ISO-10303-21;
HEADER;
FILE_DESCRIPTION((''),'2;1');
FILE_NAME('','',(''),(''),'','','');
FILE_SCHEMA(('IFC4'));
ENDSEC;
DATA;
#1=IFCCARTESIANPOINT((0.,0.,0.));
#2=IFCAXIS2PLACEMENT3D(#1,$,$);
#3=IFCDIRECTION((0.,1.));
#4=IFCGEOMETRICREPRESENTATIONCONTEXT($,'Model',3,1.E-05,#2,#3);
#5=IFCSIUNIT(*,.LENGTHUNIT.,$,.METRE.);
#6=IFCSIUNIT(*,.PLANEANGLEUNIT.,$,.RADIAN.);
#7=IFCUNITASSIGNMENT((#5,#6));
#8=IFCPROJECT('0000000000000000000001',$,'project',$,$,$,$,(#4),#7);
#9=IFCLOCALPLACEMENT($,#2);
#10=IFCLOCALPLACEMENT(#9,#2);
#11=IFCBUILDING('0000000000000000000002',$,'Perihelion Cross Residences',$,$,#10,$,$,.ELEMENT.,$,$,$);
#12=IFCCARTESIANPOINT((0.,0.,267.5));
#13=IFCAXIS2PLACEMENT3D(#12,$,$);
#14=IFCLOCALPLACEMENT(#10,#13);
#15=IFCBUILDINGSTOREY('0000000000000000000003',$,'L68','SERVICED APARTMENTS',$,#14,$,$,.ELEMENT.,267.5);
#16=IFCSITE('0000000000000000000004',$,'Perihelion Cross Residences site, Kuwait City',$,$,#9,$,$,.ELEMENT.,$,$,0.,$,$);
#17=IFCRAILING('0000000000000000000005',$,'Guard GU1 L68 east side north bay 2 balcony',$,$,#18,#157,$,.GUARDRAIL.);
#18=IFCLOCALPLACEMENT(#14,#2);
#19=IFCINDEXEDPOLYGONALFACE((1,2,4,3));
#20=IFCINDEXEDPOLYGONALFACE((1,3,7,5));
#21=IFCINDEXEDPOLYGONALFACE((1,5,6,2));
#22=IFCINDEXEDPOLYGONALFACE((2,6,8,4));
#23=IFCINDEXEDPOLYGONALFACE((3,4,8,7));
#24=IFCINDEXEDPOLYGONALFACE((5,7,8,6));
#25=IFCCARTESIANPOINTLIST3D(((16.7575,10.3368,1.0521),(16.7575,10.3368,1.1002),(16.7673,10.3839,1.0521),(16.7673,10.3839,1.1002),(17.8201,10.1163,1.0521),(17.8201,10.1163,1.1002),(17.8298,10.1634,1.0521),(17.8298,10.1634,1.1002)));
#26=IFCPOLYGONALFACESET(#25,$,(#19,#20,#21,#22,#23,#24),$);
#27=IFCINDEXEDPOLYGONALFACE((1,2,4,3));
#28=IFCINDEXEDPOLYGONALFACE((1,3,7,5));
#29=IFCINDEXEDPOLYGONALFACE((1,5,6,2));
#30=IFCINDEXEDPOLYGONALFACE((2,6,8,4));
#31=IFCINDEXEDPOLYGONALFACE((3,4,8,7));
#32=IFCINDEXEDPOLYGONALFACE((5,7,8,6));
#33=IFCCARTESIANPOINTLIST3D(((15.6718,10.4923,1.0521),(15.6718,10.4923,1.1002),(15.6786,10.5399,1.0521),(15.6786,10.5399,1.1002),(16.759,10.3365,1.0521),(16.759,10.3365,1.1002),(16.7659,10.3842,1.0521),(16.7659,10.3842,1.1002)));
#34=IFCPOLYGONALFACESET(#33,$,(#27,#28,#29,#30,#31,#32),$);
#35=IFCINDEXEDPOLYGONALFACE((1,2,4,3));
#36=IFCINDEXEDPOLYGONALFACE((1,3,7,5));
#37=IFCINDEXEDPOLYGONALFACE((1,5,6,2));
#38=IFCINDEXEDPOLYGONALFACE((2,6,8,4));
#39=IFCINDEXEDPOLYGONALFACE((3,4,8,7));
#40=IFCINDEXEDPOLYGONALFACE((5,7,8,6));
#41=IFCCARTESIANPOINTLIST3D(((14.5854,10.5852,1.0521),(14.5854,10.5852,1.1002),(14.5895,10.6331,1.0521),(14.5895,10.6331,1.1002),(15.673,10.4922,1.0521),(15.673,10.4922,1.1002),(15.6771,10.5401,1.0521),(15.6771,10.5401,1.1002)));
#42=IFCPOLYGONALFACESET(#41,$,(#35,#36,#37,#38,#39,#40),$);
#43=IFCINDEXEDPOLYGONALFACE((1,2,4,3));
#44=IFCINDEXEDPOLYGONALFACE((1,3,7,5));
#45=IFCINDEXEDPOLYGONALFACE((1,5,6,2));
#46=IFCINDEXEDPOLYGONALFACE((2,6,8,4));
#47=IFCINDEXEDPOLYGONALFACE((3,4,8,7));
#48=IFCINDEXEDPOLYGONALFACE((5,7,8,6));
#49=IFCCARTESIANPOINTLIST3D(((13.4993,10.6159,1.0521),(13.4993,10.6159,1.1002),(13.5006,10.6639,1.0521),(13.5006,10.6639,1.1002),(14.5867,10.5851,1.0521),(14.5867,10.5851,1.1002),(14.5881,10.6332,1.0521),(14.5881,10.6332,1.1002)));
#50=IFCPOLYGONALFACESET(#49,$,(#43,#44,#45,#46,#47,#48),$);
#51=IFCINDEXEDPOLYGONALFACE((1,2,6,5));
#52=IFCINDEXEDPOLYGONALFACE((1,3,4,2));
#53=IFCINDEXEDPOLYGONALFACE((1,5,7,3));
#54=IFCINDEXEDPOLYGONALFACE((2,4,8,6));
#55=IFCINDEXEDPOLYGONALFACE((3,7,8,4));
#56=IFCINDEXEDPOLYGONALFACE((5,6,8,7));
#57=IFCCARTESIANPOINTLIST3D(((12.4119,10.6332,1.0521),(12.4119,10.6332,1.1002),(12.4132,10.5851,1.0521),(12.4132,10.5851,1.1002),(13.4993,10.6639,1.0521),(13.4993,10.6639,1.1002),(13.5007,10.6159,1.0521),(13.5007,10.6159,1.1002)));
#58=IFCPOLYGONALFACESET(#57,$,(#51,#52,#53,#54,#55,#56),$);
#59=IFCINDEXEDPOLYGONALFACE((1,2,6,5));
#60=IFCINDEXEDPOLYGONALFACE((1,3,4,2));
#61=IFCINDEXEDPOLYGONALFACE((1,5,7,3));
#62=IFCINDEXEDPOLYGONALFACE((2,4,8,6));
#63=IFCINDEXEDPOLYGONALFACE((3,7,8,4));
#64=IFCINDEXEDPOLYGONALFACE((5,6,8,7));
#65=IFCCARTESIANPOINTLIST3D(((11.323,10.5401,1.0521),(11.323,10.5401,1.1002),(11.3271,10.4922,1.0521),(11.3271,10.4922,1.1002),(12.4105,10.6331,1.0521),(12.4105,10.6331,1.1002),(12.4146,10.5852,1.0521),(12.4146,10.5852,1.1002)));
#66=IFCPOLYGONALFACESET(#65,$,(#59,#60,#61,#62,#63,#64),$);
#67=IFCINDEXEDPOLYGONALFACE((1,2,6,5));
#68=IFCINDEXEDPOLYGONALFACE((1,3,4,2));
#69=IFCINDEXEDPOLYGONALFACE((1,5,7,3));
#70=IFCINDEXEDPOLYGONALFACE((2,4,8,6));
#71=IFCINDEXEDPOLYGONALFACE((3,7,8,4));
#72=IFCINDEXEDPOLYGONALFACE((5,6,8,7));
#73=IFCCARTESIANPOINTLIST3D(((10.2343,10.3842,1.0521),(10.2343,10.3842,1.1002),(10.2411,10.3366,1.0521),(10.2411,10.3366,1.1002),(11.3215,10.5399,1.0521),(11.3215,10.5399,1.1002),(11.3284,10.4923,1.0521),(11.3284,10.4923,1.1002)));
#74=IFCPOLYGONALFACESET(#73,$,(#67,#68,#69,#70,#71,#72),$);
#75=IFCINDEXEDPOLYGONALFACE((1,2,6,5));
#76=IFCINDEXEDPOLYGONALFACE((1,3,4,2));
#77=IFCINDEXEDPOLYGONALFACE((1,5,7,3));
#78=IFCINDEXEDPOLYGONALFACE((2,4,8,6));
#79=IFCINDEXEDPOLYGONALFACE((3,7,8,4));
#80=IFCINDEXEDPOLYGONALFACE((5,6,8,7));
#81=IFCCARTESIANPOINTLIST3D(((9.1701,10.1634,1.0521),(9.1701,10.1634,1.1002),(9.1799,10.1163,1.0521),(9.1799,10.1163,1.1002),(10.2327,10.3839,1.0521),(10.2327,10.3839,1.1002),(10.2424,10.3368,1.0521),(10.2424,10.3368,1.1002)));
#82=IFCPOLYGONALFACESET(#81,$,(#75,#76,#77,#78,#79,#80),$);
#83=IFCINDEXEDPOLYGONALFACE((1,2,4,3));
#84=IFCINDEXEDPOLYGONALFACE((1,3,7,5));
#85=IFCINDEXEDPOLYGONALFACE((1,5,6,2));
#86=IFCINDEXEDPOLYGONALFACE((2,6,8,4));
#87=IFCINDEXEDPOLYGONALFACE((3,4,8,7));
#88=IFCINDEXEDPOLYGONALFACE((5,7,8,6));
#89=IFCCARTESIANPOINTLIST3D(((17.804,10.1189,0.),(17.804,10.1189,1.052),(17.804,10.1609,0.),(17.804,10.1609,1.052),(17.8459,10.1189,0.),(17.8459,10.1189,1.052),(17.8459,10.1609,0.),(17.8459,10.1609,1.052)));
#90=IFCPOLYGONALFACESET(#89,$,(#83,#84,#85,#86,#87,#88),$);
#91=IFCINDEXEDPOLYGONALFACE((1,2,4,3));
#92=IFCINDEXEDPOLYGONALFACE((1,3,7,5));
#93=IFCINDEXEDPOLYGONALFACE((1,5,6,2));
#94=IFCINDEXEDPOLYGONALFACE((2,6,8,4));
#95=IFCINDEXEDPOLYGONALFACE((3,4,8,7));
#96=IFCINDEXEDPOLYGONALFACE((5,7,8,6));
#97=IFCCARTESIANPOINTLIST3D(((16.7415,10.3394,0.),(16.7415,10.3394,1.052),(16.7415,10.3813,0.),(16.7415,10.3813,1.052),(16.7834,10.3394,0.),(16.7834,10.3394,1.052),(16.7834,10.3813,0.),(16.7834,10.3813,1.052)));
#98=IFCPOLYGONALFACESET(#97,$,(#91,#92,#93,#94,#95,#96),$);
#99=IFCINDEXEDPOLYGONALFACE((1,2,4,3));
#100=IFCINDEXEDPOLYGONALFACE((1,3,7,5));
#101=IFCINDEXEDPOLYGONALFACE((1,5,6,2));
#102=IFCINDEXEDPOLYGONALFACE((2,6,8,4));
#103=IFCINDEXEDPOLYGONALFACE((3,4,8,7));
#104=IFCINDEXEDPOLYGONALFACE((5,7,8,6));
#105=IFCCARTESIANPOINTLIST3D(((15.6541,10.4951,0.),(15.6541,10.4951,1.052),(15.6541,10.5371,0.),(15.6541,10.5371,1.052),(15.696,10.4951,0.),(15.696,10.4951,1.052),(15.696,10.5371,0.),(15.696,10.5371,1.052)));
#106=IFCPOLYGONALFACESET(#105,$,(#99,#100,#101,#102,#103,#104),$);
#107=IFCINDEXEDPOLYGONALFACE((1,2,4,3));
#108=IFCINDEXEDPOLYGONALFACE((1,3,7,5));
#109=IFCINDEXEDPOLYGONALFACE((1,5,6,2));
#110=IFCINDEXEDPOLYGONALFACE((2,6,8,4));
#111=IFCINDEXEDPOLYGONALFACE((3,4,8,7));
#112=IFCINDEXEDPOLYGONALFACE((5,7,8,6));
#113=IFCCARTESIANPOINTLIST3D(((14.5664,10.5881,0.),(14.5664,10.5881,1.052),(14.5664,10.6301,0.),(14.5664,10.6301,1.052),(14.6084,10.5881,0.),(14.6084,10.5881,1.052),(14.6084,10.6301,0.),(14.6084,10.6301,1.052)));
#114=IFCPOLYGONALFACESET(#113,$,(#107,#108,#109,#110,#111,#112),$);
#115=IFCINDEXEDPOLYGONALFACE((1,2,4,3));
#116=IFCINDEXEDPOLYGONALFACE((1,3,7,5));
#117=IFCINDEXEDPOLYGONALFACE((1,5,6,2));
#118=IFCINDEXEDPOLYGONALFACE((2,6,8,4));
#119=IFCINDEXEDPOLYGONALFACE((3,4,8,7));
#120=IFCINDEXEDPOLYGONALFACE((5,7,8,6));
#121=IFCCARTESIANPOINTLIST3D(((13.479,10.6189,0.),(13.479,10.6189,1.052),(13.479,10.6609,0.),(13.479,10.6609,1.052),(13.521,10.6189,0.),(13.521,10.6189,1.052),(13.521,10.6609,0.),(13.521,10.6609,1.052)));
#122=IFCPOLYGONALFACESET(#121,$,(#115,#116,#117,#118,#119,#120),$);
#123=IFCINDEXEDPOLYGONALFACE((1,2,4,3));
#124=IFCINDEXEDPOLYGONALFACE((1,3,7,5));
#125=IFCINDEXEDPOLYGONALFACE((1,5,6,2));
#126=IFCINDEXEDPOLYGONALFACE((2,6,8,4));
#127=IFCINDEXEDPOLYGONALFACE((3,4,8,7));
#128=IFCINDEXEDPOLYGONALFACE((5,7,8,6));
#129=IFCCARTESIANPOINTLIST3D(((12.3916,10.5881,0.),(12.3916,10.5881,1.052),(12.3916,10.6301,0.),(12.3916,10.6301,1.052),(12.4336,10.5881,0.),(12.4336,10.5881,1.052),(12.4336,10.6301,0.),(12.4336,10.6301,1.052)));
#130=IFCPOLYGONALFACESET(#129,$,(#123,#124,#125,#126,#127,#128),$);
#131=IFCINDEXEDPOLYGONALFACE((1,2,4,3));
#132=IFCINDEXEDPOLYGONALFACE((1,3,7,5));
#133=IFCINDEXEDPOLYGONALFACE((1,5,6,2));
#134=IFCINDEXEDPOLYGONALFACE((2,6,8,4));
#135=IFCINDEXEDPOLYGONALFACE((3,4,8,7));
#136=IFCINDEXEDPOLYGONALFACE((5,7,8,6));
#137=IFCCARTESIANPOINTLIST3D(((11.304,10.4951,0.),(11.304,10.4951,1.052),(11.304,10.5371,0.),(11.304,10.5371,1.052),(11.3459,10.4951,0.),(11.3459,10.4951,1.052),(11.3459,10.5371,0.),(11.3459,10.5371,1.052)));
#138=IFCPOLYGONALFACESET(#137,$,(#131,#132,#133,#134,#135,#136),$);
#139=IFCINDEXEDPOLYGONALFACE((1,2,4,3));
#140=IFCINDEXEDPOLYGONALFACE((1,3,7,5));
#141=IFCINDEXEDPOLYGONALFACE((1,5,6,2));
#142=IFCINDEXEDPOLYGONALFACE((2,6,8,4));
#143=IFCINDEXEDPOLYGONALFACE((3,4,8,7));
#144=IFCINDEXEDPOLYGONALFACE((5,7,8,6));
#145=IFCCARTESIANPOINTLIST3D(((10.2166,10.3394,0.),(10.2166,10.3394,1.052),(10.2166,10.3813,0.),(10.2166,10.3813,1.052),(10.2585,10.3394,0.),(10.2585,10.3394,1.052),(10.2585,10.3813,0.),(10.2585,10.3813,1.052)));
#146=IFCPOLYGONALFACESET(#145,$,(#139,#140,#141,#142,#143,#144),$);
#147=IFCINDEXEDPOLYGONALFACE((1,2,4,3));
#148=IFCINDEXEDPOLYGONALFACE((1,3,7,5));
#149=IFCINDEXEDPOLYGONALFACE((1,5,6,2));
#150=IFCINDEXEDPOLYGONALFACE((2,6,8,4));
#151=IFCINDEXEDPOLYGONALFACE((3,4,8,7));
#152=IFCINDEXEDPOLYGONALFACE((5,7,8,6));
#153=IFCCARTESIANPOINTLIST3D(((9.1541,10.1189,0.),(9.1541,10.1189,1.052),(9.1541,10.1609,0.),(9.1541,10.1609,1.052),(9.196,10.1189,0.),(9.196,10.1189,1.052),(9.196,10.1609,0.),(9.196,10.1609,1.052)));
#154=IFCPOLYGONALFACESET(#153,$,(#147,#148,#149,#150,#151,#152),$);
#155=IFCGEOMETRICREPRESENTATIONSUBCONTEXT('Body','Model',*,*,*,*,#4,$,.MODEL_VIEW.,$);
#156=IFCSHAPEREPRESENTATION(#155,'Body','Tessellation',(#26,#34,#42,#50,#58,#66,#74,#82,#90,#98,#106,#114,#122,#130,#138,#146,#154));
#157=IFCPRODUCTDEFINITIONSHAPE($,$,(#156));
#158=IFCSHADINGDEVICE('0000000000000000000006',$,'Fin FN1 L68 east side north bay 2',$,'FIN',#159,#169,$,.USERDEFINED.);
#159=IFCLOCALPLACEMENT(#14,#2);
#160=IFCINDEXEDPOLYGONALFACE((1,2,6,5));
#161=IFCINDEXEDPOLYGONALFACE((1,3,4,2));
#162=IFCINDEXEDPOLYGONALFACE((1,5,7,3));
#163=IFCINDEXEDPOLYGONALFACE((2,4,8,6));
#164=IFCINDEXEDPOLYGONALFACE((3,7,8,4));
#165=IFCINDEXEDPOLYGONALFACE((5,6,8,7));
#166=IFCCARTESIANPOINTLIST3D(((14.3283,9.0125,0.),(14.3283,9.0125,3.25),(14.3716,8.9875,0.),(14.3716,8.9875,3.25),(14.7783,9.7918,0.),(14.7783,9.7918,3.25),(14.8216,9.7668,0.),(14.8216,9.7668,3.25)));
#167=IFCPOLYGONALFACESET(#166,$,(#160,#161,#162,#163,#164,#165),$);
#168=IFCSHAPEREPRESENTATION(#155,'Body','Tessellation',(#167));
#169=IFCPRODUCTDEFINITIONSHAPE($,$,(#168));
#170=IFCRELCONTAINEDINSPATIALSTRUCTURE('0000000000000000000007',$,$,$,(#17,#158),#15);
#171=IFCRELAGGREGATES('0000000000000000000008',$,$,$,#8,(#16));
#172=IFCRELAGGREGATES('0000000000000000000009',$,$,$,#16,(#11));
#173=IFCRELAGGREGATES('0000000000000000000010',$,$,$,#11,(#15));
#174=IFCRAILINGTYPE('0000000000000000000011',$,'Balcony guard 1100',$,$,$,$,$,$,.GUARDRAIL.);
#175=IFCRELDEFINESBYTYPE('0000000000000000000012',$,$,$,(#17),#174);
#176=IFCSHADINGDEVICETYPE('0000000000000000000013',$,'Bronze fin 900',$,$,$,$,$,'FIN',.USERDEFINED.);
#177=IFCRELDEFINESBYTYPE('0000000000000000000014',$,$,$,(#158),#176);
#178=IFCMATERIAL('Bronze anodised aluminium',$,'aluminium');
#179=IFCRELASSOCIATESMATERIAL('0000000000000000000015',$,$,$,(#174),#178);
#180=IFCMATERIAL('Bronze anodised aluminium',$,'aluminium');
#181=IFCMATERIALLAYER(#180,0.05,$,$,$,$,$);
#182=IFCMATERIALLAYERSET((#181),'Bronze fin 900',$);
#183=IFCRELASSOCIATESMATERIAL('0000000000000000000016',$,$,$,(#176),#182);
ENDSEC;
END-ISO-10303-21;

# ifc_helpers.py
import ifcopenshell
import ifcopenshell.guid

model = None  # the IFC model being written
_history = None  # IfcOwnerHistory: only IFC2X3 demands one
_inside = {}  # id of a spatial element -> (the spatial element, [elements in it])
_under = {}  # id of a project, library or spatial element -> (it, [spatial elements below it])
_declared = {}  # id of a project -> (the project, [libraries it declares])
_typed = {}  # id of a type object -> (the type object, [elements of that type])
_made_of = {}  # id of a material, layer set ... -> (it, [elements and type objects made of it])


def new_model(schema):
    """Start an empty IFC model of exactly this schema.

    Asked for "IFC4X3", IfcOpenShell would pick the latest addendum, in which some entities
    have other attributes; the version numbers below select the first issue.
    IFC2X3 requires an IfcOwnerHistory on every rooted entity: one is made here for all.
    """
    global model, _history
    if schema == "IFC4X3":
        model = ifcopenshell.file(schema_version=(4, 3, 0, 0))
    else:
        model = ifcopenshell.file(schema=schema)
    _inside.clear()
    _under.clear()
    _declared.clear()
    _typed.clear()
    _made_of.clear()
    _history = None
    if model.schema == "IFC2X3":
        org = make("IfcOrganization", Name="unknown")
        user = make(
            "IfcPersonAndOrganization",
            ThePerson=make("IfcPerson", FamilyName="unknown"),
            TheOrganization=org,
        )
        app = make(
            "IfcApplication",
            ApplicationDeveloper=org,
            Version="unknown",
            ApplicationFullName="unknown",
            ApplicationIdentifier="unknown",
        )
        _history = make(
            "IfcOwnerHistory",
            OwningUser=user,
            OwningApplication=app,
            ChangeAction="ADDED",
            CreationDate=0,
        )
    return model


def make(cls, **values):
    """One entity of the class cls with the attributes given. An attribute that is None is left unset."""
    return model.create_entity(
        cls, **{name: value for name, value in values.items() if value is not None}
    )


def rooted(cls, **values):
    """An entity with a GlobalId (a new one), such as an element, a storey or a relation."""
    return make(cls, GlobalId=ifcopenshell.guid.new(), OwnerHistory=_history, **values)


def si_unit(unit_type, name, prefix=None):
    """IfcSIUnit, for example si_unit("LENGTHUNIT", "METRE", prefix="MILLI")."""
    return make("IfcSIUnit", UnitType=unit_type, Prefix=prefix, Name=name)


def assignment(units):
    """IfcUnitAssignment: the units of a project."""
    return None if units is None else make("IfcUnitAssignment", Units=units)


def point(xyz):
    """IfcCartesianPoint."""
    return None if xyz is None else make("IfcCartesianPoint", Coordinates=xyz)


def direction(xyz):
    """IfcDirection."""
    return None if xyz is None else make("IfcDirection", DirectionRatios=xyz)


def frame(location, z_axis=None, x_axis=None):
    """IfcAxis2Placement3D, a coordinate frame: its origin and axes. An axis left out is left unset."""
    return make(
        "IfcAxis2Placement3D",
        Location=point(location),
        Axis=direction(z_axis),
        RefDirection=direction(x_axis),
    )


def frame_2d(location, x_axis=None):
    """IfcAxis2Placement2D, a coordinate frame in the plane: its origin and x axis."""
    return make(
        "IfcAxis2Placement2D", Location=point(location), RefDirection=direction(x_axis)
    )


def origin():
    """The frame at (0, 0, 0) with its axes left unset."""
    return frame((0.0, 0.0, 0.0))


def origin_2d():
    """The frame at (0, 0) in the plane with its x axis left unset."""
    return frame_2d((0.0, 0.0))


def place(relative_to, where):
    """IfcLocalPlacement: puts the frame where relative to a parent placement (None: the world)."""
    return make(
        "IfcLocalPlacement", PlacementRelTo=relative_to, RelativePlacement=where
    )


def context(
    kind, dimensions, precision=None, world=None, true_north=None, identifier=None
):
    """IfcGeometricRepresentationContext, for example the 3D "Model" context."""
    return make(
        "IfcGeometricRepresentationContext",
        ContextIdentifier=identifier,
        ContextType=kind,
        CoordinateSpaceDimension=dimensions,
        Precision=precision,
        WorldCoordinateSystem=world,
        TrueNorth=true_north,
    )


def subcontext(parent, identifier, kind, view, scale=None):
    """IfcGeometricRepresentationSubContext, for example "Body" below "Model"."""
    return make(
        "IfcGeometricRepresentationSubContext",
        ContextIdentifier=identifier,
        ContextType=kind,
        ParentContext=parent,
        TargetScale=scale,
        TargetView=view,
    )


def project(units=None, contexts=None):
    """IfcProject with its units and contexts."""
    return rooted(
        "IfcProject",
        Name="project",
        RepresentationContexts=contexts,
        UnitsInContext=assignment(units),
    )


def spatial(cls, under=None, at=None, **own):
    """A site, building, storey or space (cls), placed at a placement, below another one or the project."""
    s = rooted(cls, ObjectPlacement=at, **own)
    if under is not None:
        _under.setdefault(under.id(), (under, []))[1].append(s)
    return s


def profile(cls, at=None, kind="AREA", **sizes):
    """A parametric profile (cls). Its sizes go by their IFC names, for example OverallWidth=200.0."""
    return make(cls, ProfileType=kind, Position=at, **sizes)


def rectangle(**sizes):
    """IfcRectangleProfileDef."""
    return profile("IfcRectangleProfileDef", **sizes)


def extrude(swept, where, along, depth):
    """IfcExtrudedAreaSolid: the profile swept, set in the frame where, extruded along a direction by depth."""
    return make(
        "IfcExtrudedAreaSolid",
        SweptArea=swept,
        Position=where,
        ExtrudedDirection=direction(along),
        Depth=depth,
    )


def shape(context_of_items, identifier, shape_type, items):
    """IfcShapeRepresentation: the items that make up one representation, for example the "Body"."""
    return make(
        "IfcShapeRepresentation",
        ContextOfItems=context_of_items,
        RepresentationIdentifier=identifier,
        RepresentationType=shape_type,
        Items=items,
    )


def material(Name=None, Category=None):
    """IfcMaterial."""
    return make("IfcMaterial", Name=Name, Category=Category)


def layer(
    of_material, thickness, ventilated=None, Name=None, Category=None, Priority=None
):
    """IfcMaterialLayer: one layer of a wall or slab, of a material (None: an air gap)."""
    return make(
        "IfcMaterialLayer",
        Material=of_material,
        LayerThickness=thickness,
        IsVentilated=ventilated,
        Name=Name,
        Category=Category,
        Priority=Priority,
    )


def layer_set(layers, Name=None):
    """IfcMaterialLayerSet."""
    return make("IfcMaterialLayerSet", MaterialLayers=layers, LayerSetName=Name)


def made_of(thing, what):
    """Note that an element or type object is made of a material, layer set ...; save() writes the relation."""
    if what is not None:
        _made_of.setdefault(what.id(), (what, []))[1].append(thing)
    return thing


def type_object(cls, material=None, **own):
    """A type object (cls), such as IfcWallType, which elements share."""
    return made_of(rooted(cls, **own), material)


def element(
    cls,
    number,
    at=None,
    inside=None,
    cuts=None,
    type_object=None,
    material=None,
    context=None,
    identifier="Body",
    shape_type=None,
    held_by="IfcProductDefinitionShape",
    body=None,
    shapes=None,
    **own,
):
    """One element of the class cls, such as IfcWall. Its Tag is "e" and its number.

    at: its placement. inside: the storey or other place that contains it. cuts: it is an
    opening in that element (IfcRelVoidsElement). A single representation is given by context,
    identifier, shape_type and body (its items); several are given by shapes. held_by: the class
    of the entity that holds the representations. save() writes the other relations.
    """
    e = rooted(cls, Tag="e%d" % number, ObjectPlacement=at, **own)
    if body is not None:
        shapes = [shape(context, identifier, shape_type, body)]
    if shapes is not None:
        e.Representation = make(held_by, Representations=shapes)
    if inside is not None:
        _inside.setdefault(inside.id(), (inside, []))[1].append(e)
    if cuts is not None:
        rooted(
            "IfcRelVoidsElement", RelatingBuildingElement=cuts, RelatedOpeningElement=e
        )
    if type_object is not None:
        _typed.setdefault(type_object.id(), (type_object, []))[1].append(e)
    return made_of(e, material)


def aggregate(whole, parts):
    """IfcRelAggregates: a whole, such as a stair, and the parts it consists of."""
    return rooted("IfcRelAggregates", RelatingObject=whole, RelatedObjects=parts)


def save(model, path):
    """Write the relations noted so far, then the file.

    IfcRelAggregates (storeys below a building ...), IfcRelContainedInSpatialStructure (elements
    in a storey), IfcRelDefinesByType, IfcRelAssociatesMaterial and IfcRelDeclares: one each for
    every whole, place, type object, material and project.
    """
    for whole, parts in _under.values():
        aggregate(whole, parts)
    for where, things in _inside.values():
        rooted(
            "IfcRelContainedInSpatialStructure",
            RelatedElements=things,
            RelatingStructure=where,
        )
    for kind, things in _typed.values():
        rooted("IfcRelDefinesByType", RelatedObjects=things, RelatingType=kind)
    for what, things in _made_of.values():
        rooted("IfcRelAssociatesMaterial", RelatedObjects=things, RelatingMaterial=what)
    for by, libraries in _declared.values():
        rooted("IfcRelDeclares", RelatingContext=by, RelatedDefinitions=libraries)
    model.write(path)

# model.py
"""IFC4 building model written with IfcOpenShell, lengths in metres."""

from ifc_helpers import new_model, si_unit, direction, frame, origin, origin_2d, place, context, subcontext, project, spatial, rectangle, extrude, material, layer, layer_set, type_object, element, save


model = new_model("IFC4")

# Units and contexts
model_context = context("Model", 3, precision=1e-05, world=origin(), true_north=direction((0.0, 1.0)))
body_context = subcontext(model_context, "Body", "Model", "MODEL_VIEW")
ifc_project = project(units=[si_unit("LENGTHUNIT", "METRE"), si_unit("PLANEANGLEUNIT", "RADIAN")], contexts=[model_context])

# Site, building, storey
site_placement = place(None, origin())
site = spatial("IfcSite", under=ifc_project, at=site_placement, Name="Perihelion Cross Residences site, Kuwait City", CompositionType="ELEMENT", RefElevation=0.0)
building_placement = place(site_placement, origin())
building = spatial("IfcBuilding", under=site, at=building_placement, Name="Perihelion Cross Residences", CompositionType="ELEMENT")
storey_placement = place(building_placement, frame((0.0, 0.0, 267.5)))
storey = spatial("IfcBuildingStorey", under=building, at=storey_placement, Name="L68", Description="SERVICED APARTMENTS", CompositionType="ELEMENT", Elevation=267.5)

# Railing
ifc_material_1 = material(Name="Bronze anodised aluminium", Category="aluminium")
railing_type = type_object("IfcRailingType", Name="Balcony guard 1100", PredefinedType="GUARDRAIL", material=ifc_material_1)
railing_placement = place(storey_placement, frame((17.825, 10.1399, 0.0)))
element("IfcRailing", 1, at=railing_placement, inside=storey, type_object=railing_type, Name="Guard GU1 L68 east side north bay 2 balcony", PredefinedType="GUARDRAIL", context=body_context, shape_type="SweptSolid", body=[
    extrude(rectangle(XDim=0.0481, YDim=0.0481, at=origin_2d()), frame((0.0, 0.0, 1.0762), z_axis=(-0.979145, 0.203164, 0.0), x_axis=(-0.203164, -0.979145, 0.0)), (0.0, 0.0, 1.0), 1.0852),
    extrude(rectangle(XDim=0.0481, YDim=0.0481, at=origin_2d()), frame((-1.0625, 0.2205, 1.0762), z_axis=(-0.989896, 0.141795, 0.0), x_axis=(-0.141795, -0.989896, 0.0)), (0.0, 0.0, 1.0), 1.0984),
    extrude(rectangle(XDim=0.0481, YDim=0.0481, at=origin_2d()), frame((-2.1499, 0.3762, 1.0762), z_axis=(-0.996363, 0.085211, 0.0), x_axis=(-0.085211, -0.996363, 0.0)), (0.0, 0.0, 1.0), 1.0916),
    extrude(rectangle(XDim=0.0481, YDim=0.0481, at=origin_2d()), frame((-3.2375, 0.4692, 1.0762), z_axis=(-0.9996, 0.028278, 0.0), x_axis=(-0.028278, -0.9996, 0.0)), (0.0, 0.0, 1.0), 1.0879),
    extrude(rectangle(XDim=0.0481, YDim=0.0481, at=origin_2d()), frame((-4.325, 0.5, 1.0762), z_axis=(-0.9996, -0.028278, 0.0), x_axis=(0.028278, -0.9996, 0.0)), (0.0, 0.0, 1.0), 1.0879),
    extrude(rectangle(XDim=0.0481, YDim=0.0481, at=origin_2d()), frame((-5.4124, 0.4692, 1.0762), z_axis=(-0.996363, -0.085211, 0.0), x_axis=(0.085211, -0.996363, 0.0)), (0.0, 0.0, 1.0), 1.0916),
    extrude(rectangle(XDim=0.0481, YDim=0.0481, at=origin_2d()), frame((-6.5, 0.3762, 1.0762), z_axis=(-0.989896, -0.141795, 0.0), x_axis=(0.141795, -0.989896, 0.0)), (0.0, 0.0, 1.0), 1.0984),
    extrude(rectangle(XDim=0.0481, YDim=0.0481, at=origin_2d()), frame((-7.5874, 0.2205, 1.0762), z_axis=(-0.979145, -0.203164, 0.0), x_axis=(0.203164, -0.979145, 0.0)), (0.0, 0.0, 1.0), 1.0852),
    extrude(rectangle(XDim=0.042, YDim=0.042, at=origin_2d()), origin(), (0.0, 0.0, 1.0), 1.052),
    extrude(rectangle(XDim=0.042, YDim=0.042, at=origin_2d()), frame((-1.0625, 0.2205, 0.0)), (0.0, 0.0, 1.0), 1.052),
    extrude(rectangle(XDim=0.042, YDim=0.042, at=origin_2d()), frame((-2.1499, 0.3762, 0.0)), (0.0, 0.0, 1.0), 1.052),
    extrude(rectangle(XDim=0.042, YDim=0.042, at=origin_2d()), frame((-3.2375, 0.4692, 0.0)), (0.0, 0.0, 1.0), 1.052),
    extrude(rectangle(XDim=0.042, YDim=0.042, at=origin_2d()), frame((-4.325, 0.5, 0.0)), (0.0, 0.0, 1.0), 1.052),
    extrude(rectangle(XDim=0.042, YDim=0.042, at=origin_2d()), frame((-5.4124, 0.4692, 0.0)), (0.0, 0.0, 1.0), 1.052),
    extrude(rectangle(XDim=0.042, YDim=0.042, at=origin_2d()), frame((-6.5, 0.3762, 0.0)), (0.0, 0.0, 1.0), 1.052),
    extrude(rectangle(XDim=0.042, YDim=0.042, at=origin_2d()), frame((-7.5874, 0.2205, 0.0)), (0.0, 0.0, 1.0), 1.052),
    extrude(rectangle(XDim=0.042, YDim=0.042, at=origin_2d()), frame((-8.6499, 0.0, 0.0)), (0.0, 0.0, 1.0), 1.052),
])

# Shading device
ifc_material_2 = material(Name="Bronze anodised aluminium", Category="aluminium")
ifc_layer_1 = layer(ifc_material_2, 0.05)
ifc_layer_set_1 = layer_set([ifc_layer_1], Name="Bronze fin 900")
shading_device_type = type_object("IfcShadingDeviceType", Name="Bronze fin 900", ElementType="FIN", PredefinedType="USERDEFINED", material=ifc_layer_set_1)
shading_device_placement = place(storey_placement, frame((14.575, 9.3896, 0.0), z_axis=(0.0, 0.0, 1.0), x_axis=(0.5, 0.866025, 0.0)))
element("IfcShadingDevice", 2, at=shading_device_placement, inside=storey, type_object=shading_device_type, Name="Fin FN1 L68 east side north bay 2", ObjectType="FIN", PredefinedType="USERDEFINED", context=body_context, shape_type="SweptSolid", body=[
    extrude(rectangle(XDim=0.8999, YDim=0.05, at=origin_2d()), origin(), (0.0, 0.0, 1.0), 3.25),
])

save(model, "model.ifc")
